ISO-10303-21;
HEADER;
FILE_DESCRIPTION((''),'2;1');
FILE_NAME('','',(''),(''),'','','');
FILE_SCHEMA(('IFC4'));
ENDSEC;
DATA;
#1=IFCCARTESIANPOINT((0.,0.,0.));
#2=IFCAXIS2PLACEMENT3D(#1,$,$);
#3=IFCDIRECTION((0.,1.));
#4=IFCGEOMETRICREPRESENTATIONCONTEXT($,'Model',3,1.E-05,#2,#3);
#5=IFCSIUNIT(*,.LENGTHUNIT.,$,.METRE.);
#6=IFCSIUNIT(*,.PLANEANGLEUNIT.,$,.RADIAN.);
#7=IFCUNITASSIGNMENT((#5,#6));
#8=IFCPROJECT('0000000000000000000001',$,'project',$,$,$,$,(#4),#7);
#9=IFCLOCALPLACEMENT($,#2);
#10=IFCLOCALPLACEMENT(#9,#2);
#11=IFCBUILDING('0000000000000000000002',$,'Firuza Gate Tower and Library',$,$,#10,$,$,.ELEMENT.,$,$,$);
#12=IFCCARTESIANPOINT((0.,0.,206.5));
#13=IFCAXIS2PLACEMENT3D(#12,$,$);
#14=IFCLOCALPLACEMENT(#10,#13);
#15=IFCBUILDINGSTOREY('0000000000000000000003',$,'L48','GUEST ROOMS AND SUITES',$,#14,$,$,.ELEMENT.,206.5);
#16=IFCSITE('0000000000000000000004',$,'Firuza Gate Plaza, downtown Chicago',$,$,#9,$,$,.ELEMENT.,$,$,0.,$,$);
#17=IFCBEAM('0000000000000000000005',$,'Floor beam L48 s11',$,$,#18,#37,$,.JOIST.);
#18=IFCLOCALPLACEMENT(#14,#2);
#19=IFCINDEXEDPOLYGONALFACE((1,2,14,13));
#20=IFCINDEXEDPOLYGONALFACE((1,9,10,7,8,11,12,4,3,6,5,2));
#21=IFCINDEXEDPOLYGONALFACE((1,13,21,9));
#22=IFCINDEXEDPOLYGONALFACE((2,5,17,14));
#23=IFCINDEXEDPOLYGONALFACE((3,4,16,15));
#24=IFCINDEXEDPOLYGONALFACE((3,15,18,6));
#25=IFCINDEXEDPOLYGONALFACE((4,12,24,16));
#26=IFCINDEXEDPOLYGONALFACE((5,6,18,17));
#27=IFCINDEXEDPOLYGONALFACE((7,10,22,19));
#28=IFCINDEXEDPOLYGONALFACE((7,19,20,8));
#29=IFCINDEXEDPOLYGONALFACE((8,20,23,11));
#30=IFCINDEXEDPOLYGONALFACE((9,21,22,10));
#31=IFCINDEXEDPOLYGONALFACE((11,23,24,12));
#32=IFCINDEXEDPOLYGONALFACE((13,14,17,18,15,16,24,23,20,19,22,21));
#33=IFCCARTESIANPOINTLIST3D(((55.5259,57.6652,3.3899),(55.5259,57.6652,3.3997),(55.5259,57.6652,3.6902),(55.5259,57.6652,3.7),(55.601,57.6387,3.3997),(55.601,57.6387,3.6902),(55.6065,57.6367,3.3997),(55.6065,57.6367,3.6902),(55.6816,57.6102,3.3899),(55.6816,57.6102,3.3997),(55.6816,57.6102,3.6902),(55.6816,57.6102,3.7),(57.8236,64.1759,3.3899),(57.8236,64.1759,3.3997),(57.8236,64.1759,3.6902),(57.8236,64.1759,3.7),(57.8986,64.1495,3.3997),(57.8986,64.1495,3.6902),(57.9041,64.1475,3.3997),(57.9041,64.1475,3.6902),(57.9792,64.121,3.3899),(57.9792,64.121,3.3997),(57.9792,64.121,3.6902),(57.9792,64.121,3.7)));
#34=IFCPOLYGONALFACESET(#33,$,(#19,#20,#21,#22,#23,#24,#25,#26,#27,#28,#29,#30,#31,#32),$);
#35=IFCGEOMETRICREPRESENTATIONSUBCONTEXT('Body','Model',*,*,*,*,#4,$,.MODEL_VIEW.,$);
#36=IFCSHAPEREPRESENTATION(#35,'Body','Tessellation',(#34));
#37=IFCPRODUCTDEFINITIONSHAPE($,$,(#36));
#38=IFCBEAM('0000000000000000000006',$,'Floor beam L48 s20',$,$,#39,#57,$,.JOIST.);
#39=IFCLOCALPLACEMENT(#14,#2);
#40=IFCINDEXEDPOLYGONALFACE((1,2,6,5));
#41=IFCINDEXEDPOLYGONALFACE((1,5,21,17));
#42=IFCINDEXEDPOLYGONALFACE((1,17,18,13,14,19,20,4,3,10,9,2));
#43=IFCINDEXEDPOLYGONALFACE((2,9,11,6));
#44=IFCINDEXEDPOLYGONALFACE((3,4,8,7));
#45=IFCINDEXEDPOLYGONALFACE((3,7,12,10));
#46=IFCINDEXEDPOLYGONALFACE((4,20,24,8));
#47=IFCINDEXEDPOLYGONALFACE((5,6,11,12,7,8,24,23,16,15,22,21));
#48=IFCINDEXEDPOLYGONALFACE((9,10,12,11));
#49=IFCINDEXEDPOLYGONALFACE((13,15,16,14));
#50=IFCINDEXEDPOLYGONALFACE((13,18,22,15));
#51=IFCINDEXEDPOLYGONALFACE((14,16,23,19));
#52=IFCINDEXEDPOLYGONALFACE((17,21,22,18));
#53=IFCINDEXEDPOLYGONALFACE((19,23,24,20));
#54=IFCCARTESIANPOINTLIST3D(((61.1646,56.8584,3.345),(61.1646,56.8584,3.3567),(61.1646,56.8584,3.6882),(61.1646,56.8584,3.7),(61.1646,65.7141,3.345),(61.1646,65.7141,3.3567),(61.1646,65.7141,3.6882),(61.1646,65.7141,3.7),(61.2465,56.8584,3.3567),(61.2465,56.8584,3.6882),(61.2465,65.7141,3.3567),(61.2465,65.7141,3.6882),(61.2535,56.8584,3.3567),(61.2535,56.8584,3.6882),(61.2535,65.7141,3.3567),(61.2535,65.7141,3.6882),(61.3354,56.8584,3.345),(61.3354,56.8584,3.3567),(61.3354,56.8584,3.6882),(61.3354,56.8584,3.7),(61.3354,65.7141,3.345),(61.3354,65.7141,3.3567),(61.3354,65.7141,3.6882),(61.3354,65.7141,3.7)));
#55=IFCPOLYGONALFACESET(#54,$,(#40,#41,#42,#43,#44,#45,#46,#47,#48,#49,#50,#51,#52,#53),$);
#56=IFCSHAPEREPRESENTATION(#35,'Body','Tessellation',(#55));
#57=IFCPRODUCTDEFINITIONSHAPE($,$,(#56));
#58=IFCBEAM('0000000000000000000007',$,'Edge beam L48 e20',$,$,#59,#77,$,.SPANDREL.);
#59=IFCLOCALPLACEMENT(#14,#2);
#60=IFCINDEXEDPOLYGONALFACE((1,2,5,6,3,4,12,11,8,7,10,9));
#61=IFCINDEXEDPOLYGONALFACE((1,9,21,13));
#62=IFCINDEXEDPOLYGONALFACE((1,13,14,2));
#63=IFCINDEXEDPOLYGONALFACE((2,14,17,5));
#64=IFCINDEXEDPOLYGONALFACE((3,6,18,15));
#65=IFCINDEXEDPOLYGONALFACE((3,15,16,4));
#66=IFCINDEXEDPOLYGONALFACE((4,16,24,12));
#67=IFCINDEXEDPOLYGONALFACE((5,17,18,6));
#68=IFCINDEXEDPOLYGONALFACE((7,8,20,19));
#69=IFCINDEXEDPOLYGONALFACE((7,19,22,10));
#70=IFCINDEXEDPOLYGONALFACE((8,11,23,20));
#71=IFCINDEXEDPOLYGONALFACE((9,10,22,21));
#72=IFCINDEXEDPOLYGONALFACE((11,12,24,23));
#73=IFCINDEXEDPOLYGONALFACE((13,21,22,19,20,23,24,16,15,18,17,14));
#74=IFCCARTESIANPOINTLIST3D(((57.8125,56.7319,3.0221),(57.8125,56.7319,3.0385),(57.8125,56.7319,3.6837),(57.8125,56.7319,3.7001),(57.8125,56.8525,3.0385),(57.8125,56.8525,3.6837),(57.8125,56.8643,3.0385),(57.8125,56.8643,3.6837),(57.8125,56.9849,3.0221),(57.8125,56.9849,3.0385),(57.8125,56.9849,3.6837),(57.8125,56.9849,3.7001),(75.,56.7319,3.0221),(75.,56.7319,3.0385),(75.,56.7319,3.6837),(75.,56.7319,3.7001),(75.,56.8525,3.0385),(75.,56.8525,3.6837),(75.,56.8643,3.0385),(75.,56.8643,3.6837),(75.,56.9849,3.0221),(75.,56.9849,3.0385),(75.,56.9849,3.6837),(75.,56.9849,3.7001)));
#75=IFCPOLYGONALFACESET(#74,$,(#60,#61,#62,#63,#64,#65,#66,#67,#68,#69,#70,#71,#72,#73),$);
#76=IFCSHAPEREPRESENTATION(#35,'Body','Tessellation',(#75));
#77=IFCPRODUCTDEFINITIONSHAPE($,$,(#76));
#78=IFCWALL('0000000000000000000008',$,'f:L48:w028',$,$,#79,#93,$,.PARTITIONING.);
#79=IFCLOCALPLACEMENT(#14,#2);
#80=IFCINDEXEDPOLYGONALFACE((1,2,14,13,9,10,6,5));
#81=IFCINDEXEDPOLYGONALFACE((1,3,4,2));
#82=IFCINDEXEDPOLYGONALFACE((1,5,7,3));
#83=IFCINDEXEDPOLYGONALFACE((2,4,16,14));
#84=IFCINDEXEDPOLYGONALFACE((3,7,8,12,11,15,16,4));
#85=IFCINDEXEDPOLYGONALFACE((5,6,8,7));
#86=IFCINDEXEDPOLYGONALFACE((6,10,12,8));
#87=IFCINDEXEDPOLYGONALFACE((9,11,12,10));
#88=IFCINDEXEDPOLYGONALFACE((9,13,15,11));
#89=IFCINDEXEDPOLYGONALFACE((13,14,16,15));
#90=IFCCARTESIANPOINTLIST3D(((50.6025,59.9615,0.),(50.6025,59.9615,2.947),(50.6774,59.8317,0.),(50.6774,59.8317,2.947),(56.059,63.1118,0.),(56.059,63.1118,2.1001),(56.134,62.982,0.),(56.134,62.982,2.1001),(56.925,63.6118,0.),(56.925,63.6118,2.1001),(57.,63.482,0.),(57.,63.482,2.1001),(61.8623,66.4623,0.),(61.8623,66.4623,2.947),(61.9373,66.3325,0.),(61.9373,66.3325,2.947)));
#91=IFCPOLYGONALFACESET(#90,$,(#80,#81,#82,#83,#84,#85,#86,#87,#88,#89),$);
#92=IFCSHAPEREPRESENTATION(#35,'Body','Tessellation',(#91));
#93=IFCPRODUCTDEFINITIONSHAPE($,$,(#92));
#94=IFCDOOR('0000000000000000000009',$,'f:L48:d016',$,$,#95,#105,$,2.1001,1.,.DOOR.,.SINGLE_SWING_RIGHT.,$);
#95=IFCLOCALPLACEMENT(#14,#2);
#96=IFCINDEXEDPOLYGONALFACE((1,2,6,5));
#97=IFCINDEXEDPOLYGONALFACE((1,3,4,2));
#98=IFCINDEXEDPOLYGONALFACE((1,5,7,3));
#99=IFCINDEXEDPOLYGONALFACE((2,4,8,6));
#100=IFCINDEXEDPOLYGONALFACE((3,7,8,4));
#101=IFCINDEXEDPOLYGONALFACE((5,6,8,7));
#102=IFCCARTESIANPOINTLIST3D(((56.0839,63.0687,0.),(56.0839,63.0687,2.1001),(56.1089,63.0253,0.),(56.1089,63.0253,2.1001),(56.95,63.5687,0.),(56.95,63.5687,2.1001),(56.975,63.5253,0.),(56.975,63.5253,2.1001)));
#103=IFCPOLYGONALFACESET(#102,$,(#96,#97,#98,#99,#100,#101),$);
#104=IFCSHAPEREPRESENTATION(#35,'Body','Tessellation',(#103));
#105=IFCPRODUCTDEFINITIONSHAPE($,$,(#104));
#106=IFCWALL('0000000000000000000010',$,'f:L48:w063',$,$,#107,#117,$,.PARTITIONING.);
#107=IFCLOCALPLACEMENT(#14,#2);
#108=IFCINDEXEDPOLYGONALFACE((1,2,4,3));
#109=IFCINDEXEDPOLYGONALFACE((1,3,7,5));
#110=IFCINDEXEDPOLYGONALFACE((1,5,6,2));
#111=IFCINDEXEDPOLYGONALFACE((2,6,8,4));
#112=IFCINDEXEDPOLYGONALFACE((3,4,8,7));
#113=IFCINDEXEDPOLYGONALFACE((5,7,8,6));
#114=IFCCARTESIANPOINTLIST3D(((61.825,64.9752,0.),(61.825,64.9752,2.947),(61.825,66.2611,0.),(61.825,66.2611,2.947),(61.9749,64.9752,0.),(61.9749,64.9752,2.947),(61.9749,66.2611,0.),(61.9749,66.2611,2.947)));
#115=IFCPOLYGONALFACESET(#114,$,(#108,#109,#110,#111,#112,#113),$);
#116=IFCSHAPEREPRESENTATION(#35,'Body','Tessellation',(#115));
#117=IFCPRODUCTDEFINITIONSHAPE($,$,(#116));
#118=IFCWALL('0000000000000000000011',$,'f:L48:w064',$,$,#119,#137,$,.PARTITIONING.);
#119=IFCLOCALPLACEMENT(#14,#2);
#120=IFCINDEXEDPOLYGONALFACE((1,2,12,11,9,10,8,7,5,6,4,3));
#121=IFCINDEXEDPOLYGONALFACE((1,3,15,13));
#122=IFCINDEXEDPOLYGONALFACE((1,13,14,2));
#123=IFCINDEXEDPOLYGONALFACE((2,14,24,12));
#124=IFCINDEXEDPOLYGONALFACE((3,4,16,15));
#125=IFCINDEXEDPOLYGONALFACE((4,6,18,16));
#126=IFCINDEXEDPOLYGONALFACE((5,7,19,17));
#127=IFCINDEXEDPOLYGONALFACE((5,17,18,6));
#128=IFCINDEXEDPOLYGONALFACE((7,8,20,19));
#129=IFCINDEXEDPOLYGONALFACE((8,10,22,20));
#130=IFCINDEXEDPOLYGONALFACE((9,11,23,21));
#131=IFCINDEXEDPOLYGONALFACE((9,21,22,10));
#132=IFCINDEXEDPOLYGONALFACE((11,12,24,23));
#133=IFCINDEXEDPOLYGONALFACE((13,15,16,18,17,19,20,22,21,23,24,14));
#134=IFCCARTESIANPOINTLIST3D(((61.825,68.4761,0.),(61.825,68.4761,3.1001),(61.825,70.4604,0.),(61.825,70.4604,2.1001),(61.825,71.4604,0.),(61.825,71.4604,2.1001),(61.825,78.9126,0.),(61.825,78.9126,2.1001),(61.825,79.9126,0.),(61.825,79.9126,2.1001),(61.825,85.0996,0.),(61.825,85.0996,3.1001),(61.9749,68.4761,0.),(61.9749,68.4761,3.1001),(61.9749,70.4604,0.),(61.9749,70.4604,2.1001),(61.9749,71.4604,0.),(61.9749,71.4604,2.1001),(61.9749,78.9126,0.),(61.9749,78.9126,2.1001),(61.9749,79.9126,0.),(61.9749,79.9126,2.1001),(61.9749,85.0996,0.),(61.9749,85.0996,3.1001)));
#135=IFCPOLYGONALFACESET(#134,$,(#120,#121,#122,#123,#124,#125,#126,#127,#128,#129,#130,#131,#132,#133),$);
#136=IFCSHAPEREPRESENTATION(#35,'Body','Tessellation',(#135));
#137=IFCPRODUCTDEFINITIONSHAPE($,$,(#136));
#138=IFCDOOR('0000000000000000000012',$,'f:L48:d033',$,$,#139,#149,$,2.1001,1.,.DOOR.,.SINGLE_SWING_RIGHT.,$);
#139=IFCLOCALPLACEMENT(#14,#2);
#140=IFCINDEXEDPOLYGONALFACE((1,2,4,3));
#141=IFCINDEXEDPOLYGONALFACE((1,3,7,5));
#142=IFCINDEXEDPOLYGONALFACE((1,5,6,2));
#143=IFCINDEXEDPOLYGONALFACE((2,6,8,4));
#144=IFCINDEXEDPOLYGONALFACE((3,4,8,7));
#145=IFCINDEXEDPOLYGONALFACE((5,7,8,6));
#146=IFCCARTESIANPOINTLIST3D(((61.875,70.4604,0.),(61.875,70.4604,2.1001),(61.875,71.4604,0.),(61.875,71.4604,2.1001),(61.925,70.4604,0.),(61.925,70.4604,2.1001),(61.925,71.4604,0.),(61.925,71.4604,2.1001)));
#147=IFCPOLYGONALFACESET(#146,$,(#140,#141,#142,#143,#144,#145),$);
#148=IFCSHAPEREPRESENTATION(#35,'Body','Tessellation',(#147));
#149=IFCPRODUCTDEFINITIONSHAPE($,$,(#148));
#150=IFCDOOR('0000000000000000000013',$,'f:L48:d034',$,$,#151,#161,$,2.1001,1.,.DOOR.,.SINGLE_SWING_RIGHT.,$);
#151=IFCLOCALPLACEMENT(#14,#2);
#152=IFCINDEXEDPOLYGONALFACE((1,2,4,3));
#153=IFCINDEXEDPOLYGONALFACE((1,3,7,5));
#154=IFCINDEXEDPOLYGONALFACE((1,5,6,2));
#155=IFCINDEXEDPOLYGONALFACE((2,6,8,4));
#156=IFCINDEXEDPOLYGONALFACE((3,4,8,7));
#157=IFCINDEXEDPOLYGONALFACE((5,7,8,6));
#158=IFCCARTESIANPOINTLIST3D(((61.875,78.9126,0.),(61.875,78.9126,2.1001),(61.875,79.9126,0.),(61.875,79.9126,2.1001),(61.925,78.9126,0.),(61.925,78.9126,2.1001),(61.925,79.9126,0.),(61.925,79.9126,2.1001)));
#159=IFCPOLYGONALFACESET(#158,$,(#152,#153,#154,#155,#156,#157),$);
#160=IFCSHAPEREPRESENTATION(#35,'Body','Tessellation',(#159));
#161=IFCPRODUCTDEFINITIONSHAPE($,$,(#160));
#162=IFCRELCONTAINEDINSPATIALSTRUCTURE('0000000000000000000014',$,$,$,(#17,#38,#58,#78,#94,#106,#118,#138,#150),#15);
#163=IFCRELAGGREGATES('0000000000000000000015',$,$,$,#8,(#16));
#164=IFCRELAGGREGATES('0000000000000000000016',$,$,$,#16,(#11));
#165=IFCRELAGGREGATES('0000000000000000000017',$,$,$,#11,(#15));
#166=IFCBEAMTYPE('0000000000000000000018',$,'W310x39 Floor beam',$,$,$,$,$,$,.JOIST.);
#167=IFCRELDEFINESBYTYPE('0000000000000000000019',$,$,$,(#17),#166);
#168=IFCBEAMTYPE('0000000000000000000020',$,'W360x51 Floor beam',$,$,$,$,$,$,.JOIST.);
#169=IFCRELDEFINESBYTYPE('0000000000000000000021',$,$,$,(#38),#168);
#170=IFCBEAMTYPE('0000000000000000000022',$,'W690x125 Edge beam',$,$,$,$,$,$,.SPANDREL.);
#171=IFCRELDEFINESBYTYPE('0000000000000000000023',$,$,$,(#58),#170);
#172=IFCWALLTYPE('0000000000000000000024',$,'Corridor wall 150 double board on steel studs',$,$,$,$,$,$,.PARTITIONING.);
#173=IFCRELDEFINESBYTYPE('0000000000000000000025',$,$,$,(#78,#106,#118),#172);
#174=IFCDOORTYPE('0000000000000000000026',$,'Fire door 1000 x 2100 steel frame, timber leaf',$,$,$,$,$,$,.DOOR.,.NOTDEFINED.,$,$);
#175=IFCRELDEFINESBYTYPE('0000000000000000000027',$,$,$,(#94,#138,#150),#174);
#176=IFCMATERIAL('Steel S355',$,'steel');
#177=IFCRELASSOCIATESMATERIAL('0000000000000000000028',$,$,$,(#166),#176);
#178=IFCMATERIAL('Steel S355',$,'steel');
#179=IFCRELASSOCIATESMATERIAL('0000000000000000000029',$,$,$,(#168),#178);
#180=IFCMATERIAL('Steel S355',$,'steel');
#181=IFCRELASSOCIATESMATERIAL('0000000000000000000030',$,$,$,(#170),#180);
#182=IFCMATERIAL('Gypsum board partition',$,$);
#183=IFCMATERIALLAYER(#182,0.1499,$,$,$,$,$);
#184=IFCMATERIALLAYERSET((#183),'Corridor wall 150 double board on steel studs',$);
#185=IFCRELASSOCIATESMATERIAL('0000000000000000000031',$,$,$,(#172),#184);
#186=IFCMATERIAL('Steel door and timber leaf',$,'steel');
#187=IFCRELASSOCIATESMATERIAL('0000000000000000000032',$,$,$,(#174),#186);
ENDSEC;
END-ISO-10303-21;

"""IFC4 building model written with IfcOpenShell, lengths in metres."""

from ifc_helpers import new_model, si_unit, direction, frame, frame_2d, origin, origin_2d, place, context, subcontext, project, spatial, rectangle, i_section, extrude, material, layer, layer_set, material_profile, profile_set, type_object, element, fill, save


model = new_model("IFC4")

# Units and contexts
model_context = context("Model", 3, precision=1e-05, world=origin(), true_north=direction((0.0, 1.0)))
body_context = subcontext(model_context, "Body", "Model", "MODEL_VIEW")
ifc_project = project(units=[si_unit("LENGTHUNIT", "METRE"), si_unit("PLANEANGLEUNIT", "RADIAN")], contexts=[model_context])

# Site, building, storey
site_placement = place(None, origin())
site = spatial("IfcSite", under=ifc_project, at=site_placement, Name="Firuza Gate Plaza, downtown Chicago", CompositionType="ELEMENT", RefElevation=0.0)
building_placement = place(site_placement, origin())
building = spatial("IfcBuilding", under=site, at=building_placement, Name="Firuza Gate Tower and Library", CompositionType="ELEMENT")
storey_placement = place(building_placement, frame((0.0, 0.0, 206.5)))
storey = spatial("IfcBuildingStorey", under=building, at=storey_placement, Name="L48", Description="GUEST ROOMS AND SUITES", CompositionType="ELEMENT", Elevation=206.5)

# Beams
ifc_material_1 = material(Name="Steel S355", Category="steel")
ifc_material_profile_1 = material_profile(ifc_material_1, i_section(OverallWidth=0.165, OverallDepth=0.3101, WebThickness=0.0059, FlangeThickness=0.0098, at=origin_2d()))
ifc_profile_set_1 = profile_set([ifc_material_profile_1], Name="Steel S355")
beam_type_1 = type_object("IfcBeamType", Name="W310x39 Floor beam", PredefinedType="JOIST", material=ifc_profile_set_1)
beam_1_placement = place(storey_placement, frame((55.6038, 57.6377, 3.5449), z_axis=(0.332781, 0.943004, 0.0), x_axis=(-0.943004, 0.332781, 0.0)))
element("IfcBeam", 1, at=beam_1_placement, inside=storey, type_object=beam_type_1, Name="Floor beam L48 s11", PredefinedType="JOIST", context=body_context, shape_type="SweptSolid", body=[
    extrude(i_section(OverallWidth=0.165, OverallDepth=0.3101, WebThickness=0.0059, FlangeThickness=0.0098, at=origin_2d()), origin(), (0.0, 0.0, 1.0), 6.9043),
])
ifc_material_2 = material(Name="Steel S355", Category="steel")
ifc_material_profile_2 = material_profile(ifc_material_2, i_section(OverallWidth=0.1709, OverallDepth=0.355, WebThickness=0.0071, FlangeThickness=0.0117, at=origin_2d()))
ifc_profile_set_2 = profile_set([ifc_material_profile_2], Name="Steel S355")
beam_type_2 = type_object("IfcBeamType", Name="W360x51 Floor beam", PredefinedType="JOIST", material=ifc_profile_set_2)
beam_2_placement = place(storey_placement, frame((61.25, 56.8584, 3.5225), z_axis=(0.0, 1.0, 0.0), x_axis=(-1.0, 0.0, 0.0)))
element("IfcBeam", 2, at=beam_2_placement, inside=storey, type_object=beam_type_2, Name="Floor beam L48 s20", PredefinedType="JOIST", context=body_context, shape_type="SweptSolid", body=[
    extrude(i_section(OverallWidth=0.1709, OverallDepth=0.355, WebThickness=0.0071, FlangeThickness=0.0117, at=origin_2d()), origin(), (0.0, 0.0, 1.0), 8.8557),
])
ifc_material_3 = material(Name="Steel S355", Category="steel")
ifc_material_profile_3 = material_profile(ifc_material_3, i_section(OverallWidth=0.2529, OverallDepth=0.678, WebThickness=0.0117, FlangeThickness=0.0164, at=origin_2d()))
ifc_profile_set_3 = profile_set([ifc_material_profile_3], Name="Steel S355")
beam_type_3 = type_object("IfcBeamType", Name="W690x125 Edge beam", PredefinedType="SPANDREL", material=ifc_profile_set_3)
beam_3_placement = place(storey_placement, frame((57.8125, 56.8584, 3.3611), z_axis=(1.0, 0.0, 0.0), x_axis=(0.0, 1.0, 0.0)))
element("IfcBeam", 3, at=beam_3_placement, inside=storey, type_object=beam_type_3, Name="Edge beam L48 e20", PredefinedType="SPANDREL", context=body_context, shape_type="SweptSolid", body=[
    extrude(i_section(OverallWidth=0.2529, OverallDepth=0.678, WebThickness=0.0117, FlangeThickness=0.0164, at=origin_2d()), origin(), (0.0, 0.0, 1.0), 17.1875),
])

# Wall, opening, door
ifc_material_4 = material(Name="Gypsum board partition")
ifc_layer_1 = layer(ifc_material_4, 0.1499)
ifc_layer_set_1 = layer_set([ifc_layer_1], Name="Corridor wall 150 double board on steel studs")
wall_type_1 = type_object("IfcWallType", Name="Corridor wall 150 double board on steel studs", PredefinedType="PARTITIONING", material=ifc_layer_set_1)
wall_1_placement = place(storey_placement, frame((61.8999, 66.3975, 0.0), z_axis=(0.0, 0.0, 1.0), x_axis=(-0.866029, -0.499994, 0.0)))
wall_1 = element("IfcWall", 4, at=wall_1_placement, inside=storey, type_object=wall_type_1, Name="f:L48:w028", PredefinedType="PARTITIONING", context=body_context, shape_type="SweptSolid", body=[
    extrude(rectangle(XDim=13.0017, YDim=0.1499, at=frame_2d((6.501, 0.0))), origin(), (0.0, 0.0, 1.0), 2.947),
])
opening_1_placement = place(wall_1_placement, frame((5.7012, 0.0, 0.0)))
opening_1 = element("IfcOpeningElement", 5, at=opening_1_placement, cuts=wall_1, PredefinedType="OPENING", context=body_context, shape_type="SweptSolid", body=[
    extrude(rectangle(XDim=1.0, YDim=2.1001, at=frame_2d((0.5, 1.05))), frame((0.0, 0.085, 0.0), z_axis=(0.0, -1.0, 0.0), x_axis=(1.0, 0.0, 0.0)), (0.0, 0.0, 1.0), 0.1699),
])
ifc_material_5 = material(Name="Steel door and timber leaf", Category="steel")
door_type_1 = type_object("IfcDoorType", Name="Fire door 1000 x 2100 steel frame, timber leaf", OperationType="NOTDEFINED", PredefinedType="DOOR", material=ifc_material_5)
door_1_placement = place(opening_1_placement, origin())
door_1 = element("IfcDoor", 6, at=door_1_placement, inside=storey, type_object=door_type_1, Name="f:L48:d016", OperationType="SINGLE_SWING_RIGHT", OverallHeight=2.1001, OverallWidth=1.0, PredefinedType="DOOR", context=body_context, shape_type="SweptSolid", body=[
    extrude(rectangle(XDim=1.0, YDim=2.1001, at=frame_2d((0.5, 1.05))), frame((0.0, 0.0249, 0.0), z_axis=(0.0, -1.0, 0.0), x_axis=(1.0, 0.0, 0.0)), (0.0, 0.0, 1.0), 0.05),
])
fill(opening_1, door_1)

# Wall
wall_2_placement = place(storey_placement, frame((61.8999, 64.9751, 0.0), z_axis=(0.0, 0.0, 1.0), x_axis=(0.0, 1.0, 0.0)))
element("IfcWall", 7, at=wall_2_placement, inside=storey, type_object=wall_type_1, Name="f:L48:w063", PredefinedType="PARTITIONING", context=body_context, shape_type="SweptSolid", body=[
    extrude(rectangle(XDim=1.2859, YDim=0.1499, at=frame_2d((0.6431, 0.0))), origin(), (0.0, 0.0, 1.0), 2.947),
])

# Wall, openings, doors
wall_3_placement = place(storey_placement, frame((61.8999, 68.4761, 0.0), z_axis=(0.0, 0.0, 1.0), x_axis=(0.0, 1.0, 0.0)))
wall_3 = element("IfcWall", 8, at=wall_3_placement, inside=storey, type_object=wall_type_1, Name="f:L48:w064", PredefinedType="PARTITIONING", context=body_context, shape_type="SweptSolid", body=[
    extrude(rectangle(XDim=16.6235, YDim=0.1499, at=frame_2d((8.3118, 0.0))), origin(), (0.0, 0.0, 1.0), 3.1001),
])
opening_2_placement = place(wall_3_placement, frame((1.9844, 0.0, 0.0)))
opening_2 = element("IfcOpeningElement", 9, at=opening_2_placement, cuts=wall_3, PredefinedType="OPENING", context=body_context, shape_type="SweptSolid", body=[
    extrude(rectangle(XDim=1.0, YDim=2.1001, at=frame_2d((0.5, 1.05))), frame((0.0, 0.085, 0.0), z_axis=(0.0, -1.0, 0.0), x_axis=(1.0, 0.0, 0.0)), (0.0, 0.0, 1.0), 0.1699),
])
opening_3_placement = place(wall_3_placement, frame((10.4365, 0.0, 0.0)))
opening_3 = element("IfcOpeningElement", 10, at=opening_3_placement, cuts=wall_3, PredefinedType="OPENING", context=body_context, shape_type="SweptSolid", body=[
    extrude(rectangle(XDim=1.0, YDim=2.1001, at=frame_2d((0.5, 1.05))), frame((0.0, 0.085, 0.0), z_axis=(0.0, -1.0, 0.0), x_axis=(1.0, 0.0, 0.0)), (0.0, 0.0, 1.0), 0.1699),
])
door_2_placement = place(opening_2_placement, origin())
door_2 = element("IfcDoor", 11, at=door_2_placement, inside=storey, type_object=door_type_1, Name="f:L48:d033", OperationType="SINGLE_SWING_RIGHT", OverallHeight=2.1001, OverallWidth=1.0, PredefinedType="DOOR", context=body_context, shape_type="SweptSolid", body=[
    extrude(rectangle(XDim=1.0, YDim=2.1001, at=frame_2d((0.5, 1.05))), frame((0.0, 0.0249, 0.0), z_axis=(0.0, -1.0, 0.0), x_axis=(1.0, 0.0, 0.0)), (0.0, 0.0, 1.0), 0.05),
])
fill(opening_2, door_2)
door_3_placement = place(opening_3_placement, origin())
door_3 = element("IfcDoor", 12, at=door_3_placement, inside=storey, type_object=door_type_1, Name="f:L48:d034", OperationType="SINGLE_SWING_RIGHT", OverallHeight=2.1001, OverallWidth=1.0, PredefinedType="DOOR", context=body_context, shape_type="SweptSolid", body=[
    extrude(rectangle(XDim=1.0, YDim=2.1001, at=frame_2d((0.5, 1.05))), frame((0.0, 0.0249, 0.0), z_axis=(0.0, -1.0, 0.0), x_axis=(1.0, 0.0, 0.0)), (0.0, 0.0, 1.0), 0.05),
])
fill(opening_3, door_3)

save(model, "model.ifc")
